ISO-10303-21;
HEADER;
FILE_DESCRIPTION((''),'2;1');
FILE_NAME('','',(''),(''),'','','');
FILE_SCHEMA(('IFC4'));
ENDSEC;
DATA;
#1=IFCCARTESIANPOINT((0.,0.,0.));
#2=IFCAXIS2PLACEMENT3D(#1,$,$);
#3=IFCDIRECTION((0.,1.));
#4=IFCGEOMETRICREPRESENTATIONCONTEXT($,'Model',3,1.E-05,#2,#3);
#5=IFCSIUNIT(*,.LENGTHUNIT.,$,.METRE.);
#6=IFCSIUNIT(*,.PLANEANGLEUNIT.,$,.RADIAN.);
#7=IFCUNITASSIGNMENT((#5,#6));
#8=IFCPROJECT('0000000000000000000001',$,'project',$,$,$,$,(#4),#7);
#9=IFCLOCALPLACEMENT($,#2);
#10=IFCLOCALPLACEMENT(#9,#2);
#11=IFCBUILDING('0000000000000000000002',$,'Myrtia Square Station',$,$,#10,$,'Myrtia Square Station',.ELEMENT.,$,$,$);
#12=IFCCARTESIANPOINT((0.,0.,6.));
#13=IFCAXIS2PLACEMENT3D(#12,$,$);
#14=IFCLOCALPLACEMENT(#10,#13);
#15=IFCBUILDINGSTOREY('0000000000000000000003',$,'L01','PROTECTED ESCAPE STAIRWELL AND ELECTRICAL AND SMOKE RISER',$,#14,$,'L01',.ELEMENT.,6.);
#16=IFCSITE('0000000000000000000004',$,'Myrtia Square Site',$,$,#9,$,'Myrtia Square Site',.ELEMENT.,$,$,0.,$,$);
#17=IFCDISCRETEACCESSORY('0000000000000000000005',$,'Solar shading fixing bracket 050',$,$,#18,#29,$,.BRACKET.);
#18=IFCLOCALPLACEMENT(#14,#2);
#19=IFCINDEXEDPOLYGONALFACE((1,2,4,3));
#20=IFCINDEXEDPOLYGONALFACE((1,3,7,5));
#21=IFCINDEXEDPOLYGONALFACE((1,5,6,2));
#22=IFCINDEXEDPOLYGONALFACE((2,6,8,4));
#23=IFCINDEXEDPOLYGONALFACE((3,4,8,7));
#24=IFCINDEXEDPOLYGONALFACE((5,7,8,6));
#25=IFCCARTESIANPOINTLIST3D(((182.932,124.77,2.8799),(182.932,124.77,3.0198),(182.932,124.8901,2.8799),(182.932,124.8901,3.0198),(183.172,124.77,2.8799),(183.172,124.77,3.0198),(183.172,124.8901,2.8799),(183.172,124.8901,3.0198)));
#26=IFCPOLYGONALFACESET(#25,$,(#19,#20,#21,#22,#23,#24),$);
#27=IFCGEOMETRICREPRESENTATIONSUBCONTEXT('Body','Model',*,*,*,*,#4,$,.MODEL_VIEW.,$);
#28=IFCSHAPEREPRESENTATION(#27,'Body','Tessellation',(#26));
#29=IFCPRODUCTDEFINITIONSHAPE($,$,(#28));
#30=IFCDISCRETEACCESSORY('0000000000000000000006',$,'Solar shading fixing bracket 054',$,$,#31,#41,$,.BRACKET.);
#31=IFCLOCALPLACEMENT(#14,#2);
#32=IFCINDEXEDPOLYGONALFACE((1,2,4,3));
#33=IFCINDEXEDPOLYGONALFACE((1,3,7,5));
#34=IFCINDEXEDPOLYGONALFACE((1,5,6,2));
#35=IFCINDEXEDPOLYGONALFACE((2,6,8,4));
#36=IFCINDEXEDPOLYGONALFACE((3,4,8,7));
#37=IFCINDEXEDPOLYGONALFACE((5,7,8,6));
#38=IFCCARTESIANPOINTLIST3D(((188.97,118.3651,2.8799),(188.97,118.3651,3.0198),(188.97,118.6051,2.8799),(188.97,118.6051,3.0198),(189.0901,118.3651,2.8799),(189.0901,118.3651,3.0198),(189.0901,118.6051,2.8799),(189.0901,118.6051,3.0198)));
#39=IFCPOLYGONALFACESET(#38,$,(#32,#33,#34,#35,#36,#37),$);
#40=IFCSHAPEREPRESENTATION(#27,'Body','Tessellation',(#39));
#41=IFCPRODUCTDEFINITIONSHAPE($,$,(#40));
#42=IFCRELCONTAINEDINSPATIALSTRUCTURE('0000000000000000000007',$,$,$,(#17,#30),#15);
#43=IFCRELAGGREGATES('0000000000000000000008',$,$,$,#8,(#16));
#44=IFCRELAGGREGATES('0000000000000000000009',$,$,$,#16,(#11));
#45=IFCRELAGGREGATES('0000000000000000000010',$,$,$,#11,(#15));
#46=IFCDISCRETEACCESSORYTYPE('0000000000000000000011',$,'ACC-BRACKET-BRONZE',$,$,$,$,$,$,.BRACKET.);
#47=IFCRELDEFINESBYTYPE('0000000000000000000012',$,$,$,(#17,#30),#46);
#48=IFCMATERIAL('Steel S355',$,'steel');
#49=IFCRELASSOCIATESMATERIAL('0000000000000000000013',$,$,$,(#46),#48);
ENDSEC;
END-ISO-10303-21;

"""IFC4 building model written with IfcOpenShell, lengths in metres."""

from ifc_helpers import new_model, si_unit, direction, frame, origin, origin_2d, place, context, subcontext, project, spatial, rectangle, extrude, material, type_object, element, save


model = new_model("IFC4")

# Units and contexts
model_context = context("Model", 3, precision=1e-05, world=origin(), true_north=direction((0.0, 1.0)))
body_context = subcontext(model_context, "Body", "Model", "MODEL_VIEW")
ifc_project = project(units=[si_unit("LENGTHUNIT", "METRE"), si_unit("PLANEANGLEUNIT", "RADIAN")], contexts=[model_context])

# Site, building, storey
site_placement = place(None, origin())
site = spatial("IfcSite", under=ifc_project, at=site_placement, Name="Myrtia Square Site", LongName="Myrtia Square Site", CompositionType="ELEMENT", RefElevation=0.0)
building_placement = place(site_placement, origin())
building = spatial("IfcBuilding", under=site, at=building_placement, Name="Myrtia Square Station", LongName="Myrtia Square Station", CompositionType="ELEMENT")
storey_placement = place(building_placement, frame((0.0, 0.0, 6.0)))
storey = spatial("IfcBuildingStorey", under=building, at=storey_placement, Name="L01", Description="PROTECTED ESCAPE STAIRWELL AND ELECTRICAL AND SMOKE RISER", LongName="L01", CompositionType="ELEMENT", Elevation=6.0)

# Shared definitions
ifc_material_1 = material(Name="Steel S355", Category="steel")

# Discrete accessories
discrete_accessory_type = type_object("IfcDiscreteAccessoryType", Name="ACC-BRACKET-BRONZE", PredefinedType="BRACKET", material=ifc_material_1)
for number, where, z_axis, x_axis, name in (
    (1, (183.052, 124.8301, 2.8799), (0.0, 0.0, 1.0), (1.0, 0.0, 0.0), "Solar shading fixing bracket 050"),
    (2, (189.03, 118.4851, 2.8799), (0.0, 0.0, 1.0), (0.0, 1.0, 0.0), "Solar shading fixing bracket 054"),
):
    element("IfcDiscreteAccessory", number, at=place(storey_placement, frame(where, z_axis=z_axis, x_axis=x_axis)), inside=storey, type_object=discrete_accessory_type, Name=name, PredefinedType="BRACKET", context=body_context, shape_type="SweptSolid", body=[
        extrude(rectangle(XDim=0.24, YDim=0.1201, at=origin_2d()), origin(), (0.0, 0.0, 1.0), 0.1399),
    ])

save(model, "model.ifc")
